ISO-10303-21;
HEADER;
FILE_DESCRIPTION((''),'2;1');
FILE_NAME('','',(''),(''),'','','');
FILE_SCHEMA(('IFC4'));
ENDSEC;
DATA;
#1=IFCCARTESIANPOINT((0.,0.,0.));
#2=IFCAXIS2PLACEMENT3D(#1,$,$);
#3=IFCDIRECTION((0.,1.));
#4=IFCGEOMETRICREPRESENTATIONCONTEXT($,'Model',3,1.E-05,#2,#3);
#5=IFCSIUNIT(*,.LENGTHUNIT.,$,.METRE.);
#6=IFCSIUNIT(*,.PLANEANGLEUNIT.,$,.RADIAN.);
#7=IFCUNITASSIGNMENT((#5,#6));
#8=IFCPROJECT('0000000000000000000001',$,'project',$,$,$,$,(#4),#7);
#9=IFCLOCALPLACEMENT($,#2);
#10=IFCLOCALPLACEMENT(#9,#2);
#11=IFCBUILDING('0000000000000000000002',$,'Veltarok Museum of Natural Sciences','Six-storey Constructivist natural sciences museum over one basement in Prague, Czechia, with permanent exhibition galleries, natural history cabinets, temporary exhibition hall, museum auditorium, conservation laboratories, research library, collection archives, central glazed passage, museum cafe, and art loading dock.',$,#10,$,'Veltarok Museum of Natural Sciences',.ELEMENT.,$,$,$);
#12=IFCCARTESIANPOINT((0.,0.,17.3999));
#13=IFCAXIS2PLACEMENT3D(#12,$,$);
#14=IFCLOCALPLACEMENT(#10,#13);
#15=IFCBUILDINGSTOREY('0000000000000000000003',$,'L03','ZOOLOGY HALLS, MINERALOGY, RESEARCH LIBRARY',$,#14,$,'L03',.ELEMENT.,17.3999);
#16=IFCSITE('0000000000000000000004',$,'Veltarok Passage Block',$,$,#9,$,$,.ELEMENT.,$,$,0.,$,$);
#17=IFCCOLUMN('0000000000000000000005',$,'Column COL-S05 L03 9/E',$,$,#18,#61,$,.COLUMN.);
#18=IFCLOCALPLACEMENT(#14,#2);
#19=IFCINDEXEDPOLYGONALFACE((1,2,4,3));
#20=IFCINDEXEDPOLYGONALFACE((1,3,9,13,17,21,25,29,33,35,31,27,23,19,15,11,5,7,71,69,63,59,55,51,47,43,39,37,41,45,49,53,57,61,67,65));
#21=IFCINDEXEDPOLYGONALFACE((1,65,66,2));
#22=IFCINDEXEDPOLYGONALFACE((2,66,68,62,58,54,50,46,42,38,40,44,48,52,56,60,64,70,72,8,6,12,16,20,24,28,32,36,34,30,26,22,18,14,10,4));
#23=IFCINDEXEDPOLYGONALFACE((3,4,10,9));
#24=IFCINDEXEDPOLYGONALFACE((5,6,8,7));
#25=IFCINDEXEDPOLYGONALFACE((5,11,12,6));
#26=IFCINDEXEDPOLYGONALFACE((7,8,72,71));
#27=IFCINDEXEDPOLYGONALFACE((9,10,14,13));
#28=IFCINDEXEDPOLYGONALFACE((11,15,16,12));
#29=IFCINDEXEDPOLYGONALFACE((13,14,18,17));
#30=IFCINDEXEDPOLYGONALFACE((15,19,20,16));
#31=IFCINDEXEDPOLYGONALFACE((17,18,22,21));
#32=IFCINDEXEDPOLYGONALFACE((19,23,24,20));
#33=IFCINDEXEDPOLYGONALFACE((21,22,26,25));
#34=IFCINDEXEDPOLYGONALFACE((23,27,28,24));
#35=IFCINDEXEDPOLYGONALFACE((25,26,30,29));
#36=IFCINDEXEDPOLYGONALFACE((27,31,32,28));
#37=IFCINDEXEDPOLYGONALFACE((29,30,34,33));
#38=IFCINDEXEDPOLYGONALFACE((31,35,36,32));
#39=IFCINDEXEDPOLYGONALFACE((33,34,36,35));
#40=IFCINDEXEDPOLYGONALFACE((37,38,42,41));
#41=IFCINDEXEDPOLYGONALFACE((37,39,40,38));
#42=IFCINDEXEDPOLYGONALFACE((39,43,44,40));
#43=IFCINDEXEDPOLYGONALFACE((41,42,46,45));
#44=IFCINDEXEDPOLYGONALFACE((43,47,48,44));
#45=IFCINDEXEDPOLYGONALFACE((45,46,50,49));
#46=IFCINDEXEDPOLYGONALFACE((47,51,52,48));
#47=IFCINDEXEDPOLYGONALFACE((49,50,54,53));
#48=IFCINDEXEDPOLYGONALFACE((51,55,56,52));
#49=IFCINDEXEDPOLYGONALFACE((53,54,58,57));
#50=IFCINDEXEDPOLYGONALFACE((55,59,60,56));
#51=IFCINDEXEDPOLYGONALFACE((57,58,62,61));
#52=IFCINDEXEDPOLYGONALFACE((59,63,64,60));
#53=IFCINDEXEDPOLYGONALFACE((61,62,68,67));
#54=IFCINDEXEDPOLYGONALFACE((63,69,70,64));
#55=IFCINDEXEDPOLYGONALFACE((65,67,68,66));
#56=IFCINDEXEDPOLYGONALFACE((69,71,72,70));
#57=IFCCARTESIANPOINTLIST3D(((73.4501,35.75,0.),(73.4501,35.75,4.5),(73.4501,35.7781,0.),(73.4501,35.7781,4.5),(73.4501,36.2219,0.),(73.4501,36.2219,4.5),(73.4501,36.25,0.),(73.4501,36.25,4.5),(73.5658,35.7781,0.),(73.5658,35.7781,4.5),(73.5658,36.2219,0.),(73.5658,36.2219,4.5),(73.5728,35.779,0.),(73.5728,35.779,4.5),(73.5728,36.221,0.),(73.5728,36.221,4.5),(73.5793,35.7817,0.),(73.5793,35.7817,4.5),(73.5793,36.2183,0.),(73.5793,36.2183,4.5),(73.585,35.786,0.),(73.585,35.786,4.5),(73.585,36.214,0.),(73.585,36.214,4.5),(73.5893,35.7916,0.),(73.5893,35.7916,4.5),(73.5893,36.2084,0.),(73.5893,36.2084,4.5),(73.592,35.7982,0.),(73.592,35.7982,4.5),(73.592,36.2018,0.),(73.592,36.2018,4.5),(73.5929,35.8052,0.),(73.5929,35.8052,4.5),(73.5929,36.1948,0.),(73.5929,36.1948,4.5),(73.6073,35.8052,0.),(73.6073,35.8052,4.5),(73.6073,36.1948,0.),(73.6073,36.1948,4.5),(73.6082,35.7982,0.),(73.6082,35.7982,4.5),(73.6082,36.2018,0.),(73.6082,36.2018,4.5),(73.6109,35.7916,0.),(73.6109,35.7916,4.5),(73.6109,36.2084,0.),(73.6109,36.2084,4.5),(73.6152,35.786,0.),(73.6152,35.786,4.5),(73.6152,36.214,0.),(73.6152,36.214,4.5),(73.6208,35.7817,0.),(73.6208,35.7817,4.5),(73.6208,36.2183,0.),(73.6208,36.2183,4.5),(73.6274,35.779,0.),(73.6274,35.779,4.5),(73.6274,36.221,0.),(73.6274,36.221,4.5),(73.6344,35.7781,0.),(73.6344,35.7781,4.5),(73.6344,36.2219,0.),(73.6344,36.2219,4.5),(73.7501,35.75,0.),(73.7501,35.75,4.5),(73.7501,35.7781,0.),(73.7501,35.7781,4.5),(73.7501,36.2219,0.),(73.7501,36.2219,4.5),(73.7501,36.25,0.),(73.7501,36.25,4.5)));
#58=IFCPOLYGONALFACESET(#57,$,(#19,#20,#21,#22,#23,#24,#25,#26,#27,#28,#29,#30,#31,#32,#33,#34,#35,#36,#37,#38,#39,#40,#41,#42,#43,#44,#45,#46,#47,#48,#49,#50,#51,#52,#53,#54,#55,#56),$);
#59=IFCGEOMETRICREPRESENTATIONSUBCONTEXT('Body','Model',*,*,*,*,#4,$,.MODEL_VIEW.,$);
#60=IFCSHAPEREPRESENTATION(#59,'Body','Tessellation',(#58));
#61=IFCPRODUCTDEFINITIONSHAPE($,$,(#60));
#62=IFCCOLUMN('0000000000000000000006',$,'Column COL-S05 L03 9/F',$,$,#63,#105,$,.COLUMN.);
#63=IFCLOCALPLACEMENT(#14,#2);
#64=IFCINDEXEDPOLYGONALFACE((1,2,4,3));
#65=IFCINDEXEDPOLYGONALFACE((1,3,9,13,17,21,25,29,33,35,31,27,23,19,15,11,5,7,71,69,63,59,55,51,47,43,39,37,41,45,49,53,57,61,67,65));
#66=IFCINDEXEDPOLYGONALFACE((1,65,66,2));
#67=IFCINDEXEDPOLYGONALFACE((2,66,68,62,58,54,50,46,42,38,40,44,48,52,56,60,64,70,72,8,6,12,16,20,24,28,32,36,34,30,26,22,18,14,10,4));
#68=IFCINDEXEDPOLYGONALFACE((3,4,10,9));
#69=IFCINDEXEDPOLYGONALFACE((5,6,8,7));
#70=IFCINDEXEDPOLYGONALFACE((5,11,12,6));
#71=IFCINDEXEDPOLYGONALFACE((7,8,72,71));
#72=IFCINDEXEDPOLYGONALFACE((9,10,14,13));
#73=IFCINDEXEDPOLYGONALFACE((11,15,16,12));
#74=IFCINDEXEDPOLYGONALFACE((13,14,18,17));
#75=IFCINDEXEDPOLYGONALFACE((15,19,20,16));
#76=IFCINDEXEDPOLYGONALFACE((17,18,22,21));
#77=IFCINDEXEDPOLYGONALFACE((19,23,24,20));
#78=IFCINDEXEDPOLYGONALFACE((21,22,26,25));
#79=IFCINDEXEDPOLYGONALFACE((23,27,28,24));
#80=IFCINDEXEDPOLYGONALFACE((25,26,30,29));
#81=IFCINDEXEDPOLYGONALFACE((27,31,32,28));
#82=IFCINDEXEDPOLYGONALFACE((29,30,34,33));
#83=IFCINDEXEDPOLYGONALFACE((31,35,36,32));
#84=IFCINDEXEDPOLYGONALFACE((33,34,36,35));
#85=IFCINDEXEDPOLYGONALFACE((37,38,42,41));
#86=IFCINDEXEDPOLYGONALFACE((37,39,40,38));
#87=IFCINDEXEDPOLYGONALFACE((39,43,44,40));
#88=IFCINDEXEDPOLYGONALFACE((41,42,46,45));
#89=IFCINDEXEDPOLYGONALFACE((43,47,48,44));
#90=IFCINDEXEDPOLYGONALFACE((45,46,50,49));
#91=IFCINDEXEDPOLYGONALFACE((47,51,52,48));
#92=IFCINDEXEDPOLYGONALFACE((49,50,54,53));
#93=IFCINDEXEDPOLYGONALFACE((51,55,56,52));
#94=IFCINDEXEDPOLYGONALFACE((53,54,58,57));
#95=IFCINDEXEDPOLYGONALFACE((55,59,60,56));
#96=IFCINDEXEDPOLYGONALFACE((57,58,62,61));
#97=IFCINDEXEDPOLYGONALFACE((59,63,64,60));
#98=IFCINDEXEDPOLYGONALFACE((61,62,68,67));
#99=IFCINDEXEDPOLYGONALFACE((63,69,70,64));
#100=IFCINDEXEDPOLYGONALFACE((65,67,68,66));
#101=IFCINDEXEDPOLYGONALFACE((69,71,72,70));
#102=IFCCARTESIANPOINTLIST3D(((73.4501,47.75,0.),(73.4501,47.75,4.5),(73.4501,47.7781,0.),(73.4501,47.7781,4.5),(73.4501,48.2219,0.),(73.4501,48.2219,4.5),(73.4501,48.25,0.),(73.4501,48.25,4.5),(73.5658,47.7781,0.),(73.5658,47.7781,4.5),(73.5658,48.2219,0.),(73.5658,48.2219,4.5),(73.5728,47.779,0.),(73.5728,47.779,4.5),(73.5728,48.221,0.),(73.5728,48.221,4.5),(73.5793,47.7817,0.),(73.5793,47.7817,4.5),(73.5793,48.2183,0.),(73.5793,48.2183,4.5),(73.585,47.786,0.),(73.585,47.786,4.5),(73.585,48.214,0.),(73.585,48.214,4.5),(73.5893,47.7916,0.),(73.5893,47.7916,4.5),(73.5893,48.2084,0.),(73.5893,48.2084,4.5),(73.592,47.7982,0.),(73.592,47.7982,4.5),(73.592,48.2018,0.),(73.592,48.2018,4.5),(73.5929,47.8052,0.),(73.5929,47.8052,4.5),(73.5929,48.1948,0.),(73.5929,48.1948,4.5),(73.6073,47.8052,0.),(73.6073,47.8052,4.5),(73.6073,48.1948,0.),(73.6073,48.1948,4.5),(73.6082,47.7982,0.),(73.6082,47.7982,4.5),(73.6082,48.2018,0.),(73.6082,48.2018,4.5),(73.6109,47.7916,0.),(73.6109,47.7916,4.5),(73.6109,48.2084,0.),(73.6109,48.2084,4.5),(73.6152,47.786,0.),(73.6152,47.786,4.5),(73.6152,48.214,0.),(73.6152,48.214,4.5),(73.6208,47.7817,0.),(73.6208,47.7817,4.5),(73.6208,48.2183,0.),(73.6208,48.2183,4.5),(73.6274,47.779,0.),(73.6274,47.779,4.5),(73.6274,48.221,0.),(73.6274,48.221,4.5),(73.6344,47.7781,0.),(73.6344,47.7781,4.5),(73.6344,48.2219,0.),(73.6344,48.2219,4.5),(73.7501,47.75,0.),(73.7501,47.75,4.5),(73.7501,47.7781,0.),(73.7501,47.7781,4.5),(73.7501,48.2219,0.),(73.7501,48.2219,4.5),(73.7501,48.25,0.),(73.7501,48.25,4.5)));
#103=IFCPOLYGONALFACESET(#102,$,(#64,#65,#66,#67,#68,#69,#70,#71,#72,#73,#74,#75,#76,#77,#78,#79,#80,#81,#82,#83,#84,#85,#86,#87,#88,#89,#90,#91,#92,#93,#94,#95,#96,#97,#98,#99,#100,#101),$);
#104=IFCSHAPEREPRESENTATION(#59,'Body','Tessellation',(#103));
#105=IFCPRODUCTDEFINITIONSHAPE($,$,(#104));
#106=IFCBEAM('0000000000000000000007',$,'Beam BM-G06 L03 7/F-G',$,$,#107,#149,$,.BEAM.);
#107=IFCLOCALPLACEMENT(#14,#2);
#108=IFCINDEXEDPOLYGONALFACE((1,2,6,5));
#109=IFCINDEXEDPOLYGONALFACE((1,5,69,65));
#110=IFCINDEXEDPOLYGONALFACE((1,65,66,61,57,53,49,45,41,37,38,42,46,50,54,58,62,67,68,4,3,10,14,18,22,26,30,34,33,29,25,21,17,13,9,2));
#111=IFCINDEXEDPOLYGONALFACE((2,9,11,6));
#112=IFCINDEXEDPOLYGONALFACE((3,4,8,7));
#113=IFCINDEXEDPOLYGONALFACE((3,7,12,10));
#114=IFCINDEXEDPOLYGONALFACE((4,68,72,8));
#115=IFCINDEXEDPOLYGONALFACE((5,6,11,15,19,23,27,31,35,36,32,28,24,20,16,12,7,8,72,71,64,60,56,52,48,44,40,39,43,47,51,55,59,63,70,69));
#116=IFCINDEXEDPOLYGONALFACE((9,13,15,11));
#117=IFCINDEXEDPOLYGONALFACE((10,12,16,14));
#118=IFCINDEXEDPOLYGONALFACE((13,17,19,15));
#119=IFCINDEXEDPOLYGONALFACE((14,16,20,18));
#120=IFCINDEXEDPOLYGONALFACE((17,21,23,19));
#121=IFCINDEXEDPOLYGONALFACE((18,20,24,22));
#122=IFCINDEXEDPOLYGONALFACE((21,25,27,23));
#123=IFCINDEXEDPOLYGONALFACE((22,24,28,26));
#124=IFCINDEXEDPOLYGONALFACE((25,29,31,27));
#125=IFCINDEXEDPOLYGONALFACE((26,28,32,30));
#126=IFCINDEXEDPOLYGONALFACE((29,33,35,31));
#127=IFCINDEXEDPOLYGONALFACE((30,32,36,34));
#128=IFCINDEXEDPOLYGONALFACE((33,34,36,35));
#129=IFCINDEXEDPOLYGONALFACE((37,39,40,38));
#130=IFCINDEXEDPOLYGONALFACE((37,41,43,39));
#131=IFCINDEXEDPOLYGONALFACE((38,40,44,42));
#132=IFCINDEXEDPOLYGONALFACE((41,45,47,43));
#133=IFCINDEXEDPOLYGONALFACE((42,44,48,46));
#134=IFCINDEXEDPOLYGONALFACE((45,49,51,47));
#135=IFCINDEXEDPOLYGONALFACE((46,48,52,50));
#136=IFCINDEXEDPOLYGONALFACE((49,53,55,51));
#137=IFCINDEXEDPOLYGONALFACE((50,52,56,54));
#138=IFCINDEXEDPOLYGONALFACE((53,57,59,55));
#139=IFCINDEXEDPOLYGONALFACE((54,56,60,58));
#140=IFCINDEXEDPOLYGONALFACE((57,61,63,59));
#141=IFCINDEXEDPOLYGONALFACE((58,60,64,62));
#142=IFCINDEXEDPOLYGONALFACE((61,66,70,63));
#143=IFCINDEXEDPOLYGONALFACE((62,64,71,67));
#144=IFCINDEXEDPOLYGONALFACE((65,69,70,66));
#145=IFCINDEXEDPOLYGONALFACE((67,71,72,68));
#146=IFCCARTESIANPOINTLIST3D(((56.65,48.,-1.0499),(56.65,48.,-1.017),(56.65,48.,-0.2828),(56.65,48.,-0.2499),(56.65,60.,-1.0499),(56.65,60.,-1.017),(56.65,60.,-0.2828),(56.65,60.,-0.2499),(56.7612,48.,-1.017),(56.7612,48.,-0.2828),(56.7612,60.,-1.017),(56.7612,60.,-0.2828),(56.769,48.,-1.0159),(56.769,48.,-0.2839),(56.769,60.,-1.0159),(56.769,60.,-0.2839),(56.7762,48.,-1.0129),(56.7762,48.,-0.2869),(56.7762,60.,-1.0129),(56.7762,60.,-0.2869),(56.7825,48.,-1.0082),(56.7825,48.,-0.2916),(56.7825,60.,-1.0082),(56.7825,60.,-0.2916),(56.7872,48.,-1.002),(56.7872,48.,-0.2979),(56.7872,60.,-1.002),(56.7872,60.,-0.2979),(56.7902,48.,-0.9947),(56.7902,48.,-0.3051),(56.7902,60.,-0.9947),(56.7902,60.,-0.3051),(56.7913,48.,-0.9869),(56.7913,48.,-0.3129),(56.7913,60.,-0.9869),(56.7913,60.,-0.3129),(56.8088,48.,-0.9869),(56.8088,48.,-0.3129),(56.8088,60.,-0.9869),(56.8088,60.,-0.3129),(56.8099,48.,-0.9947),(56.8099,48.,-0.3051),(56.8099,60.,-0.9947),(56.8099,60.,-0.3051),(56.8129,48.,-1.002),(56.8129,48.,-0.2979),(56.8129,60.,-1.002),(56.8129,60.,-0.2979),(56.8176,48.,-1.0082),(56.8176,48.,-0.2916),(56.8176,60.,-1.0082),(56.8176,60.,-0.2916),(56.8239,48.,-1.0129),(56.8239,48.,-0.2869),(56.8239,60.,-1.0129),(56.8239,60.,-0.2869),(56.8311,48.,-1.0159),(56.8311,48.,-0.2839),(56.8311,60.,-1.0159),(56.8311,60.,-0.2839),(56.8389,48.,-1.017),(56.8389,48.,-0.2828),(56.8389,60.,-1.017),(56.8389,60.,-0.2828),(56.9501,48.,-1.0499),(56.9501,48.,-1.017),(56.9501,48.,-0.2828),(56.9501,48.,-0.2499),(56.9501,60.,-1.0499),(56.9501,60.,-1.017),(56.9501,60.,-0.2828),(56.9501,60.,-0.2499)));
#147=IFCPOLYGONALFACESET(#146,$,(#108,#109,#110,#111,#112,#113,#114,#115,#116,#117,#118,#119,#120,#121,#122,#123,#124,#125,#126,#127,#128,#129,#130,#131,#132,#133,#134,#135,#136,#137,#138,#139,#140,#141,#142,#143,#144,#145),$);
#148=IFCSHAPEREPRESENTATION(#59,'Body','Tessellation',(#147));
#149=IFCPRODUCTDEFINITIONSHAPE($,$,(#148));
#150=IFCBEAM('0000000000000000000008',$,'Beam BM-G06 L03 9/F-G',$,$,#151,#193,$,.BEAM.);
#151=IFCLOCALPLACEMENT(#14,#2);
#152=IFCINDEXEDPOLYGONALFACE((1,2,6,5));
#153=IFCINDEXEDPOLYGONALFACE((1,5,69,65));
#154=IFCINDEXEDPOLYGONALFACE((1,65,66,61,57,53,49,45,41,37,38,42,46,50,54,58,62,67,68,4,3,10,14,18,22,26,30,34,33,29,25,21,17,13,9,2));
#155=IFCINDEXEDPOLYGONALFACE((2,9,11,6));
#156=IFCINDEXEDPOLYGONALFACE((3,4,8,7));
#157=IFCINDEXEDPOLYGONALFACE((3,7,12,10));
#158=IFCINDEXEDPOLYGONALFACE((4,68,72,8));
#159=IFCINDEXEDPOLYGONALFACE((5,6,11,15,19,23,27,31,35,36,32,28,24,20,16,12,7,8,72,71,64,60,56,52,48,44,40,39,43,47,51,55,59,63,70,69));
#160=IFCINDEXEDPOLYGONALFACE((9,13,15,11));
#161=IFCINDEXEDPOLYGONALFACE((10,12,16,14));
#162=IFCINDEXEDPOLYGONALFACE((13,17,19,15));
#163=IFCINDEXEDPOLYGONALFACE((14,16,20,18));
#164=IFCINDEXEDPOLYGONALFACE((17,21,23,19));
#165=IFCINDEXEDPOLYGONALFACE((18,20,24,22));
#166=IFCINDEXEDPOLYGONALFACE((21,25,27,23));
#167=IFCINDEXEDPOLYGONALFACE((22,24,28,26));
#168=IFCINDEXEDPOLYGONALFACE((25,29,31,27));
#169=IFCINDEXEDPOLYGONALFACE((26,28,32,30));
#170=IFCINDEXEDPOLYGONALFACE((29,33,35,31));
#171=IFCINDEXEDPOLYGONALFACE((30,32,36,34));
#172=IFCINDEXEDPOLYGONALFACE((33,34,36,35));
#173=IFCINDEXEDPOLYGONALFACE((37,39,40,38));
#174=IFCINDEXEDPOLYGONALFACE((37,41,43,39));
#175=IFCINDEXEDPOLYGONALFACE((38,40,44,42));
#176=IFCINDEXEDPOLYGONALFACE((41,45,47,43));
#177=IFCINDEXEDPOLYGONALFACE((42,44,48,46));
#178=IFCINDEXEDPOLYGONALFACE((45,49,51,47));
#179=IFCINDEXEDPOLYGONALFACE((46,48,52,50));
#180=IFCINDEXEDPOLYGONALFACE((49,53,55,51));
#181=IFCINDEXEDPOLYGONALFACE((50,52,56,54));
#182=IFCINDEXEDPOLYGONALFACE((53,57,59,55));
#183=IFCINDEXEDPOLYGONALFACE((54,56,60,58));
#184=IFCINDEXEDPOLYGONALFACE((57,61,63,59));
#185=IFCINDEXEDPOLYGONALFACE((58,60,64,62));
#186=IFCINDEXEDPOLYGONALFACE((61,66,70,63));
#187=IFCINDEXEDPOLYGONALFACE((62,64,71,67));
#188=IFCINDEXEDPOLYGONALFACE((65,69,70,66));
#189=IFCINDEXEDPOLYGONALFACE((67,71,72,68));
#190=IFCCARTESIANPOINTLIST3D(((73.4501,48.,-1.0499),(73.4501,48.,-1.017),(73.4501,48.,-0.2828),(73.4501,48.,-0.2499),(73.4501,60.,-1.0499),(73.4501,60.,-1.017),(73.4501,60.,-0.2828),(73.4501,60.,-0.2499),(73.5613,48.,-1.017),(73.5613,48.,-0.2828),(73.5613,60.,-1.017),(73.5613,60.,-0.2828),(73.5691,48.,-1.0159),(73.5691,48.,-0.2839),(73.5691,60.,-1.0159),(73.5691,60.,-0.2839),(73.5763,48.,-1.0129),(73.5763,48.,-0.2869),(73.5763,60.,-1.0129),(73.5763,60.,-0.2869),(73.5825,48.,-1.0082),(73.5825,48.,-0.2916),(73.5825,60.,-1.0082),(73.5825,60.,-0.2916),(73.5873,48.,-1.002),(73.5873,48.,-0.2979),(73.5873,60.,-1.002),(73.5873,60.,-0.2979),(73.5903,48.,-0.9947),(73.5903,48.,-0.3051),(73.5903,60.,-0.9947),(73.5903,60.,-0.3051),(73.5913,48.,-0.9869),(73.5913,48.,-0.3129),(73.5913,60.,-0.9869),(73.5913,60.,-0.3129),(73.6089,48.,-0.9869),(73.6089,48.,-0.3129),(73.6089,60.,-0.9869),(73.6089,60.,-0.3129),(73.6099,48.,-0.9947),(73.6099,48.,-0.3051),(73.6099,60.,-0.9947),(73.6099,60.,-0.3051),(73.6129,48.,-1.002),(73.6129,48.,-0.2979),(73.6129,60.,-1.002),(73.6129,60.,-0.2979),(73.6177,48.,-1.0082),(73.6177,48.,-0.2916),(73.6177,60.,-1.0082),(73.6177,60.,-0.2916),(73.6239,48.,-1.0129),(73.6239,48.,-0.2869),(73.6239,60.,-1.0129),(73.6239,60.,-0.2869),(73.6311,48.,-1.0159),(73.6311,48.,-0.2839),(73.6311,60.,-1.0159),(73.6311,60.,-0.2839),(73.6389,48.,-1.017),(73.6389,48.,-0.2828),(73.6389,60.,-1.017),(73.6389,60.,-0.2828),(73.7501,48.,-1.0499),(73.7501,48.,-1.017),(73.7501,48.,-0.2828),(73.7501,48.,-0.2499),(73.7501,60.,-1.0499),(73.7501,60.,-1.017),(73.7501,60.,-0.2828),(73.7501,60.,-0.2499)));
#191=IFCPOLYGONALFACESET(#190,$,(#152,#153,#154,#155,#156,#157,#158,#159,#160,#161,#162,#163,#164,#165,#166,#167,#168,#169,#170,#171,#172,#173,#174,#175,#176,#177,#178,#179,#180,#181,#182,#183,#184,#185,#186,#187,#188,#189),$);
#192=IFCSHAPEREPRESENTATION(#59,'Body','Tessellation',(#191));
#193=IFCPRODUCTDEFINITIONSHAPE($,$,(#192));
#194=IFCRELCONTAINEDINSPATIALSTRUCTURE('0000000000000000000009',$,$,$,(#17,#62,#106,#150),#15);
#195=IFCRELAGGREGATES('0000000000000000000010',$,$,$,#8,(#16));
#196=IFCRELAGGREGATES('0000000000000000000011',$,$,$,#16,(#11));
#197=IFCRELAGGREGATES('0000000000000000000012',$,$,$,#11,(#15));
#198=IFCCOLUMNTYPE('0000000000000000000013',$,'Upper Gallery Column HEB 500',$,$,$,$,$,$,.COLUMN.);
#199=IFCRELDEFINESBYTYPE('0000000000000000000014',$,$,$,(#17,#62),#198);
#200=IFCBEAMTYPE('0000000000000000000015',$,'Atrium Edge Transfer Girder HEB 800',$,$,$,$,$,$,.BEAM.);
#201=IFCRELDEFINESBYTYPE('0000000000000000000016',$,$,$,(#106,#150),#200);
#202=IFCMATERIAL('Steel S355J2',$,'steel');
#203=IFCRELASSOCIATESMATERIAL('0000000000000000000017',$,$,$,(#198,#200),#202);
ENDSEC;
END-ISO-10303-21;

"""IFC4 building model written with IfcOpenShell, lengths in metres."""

from ifc_helpers import new_model, si_unit, direction, frame, origin, origin_2d, place, context, subcontext, project, spatial, i_section, extrude, material, material_profile, profile_set, type_object, element, save


model = new_model("IFC4")

# Units and contexts
model_context = context("Model", 3, precision=1e-05, world=origin(), true_north=direction((0.0, 1.0)))
body_context = subcontext(model_context, "Body", "Model", "MODEL_VIEW")
ifc_project = project(units=[si_unit("LENGTHUNIT", "METRE"), si_unit("PLANEANGLEUNIT", "RADIAN")], contexts=[model_context])

# Site, building, storey
site_placement = place(None, origin())
site = spatial("IfcSite", under=ifc_project, at=site_placement, Name="Veltarok Passage Block", CompositionType="ELEMENT", RefElevation=0.0)
building_placement = place(site_placement, origin())
building = spatial("IfcBuilding", under=site, at=building_placement, Name="Veltarok Museum of Natural Sciences", Description="Six-storey Constructivist natural sciences museum over one basement in Prague, Czechia, with permanent exhibition galleries, natural history cabinets, temporary exhibition hall, museum auditorium, conservation laboratories, research library, collection archives, central glazed passage, museum cafe, and art loading dock.", LongName="Veltarok Museum of Natural Sciences", CompositionType="ELEMENT")
storey_placement = place(building_placement, frame((0.0, 0.0, 17.3999)))
storey = spatial("IfcBuildingStorey", under=building, at=storey_placement, Name="L03", Description="ZOOLOGY HALLS, MINERALOGY, RESEARCH LIBRARY", LongName="L03", CompositionType="ELEMENT", Elevation=17.3999)

# Columns
ifc_material = material(Name="Steel S355J2", Category="steel")
ifc_material_profile_1 = material_profile(ifc_material, i_section(OverallWidth=0.3, OverallDepth=0.5, WebThickness=0.0144, FlangeThickness=0.0281, FilletRadius=0.0271, at=origin_2d()), Name="HEB 500")
ifc_profile_set_1 = profile_set([ifc_material_profile_1], Name="Steel S355J2")
column_type_1 = type_object("IfcColumnType", Name="Upper Gallery Column HEB 500", PredefinedType="COLUMN", material=ifc_profile_set_1)
for number, where, z_axis, x_axis, name in (
    (1, (73.6001, 36.0, 0.0), (0.0, 0.0, 1.0), (1.0, 0.0, 0.0), "Column COL-S05 L03 9/E"),
    (2, (73.6001, 48.0, 0.0), (0.0, 0.0, 1.0), (1.0, 0.0, 0.0), "Column COL-S05 L03 9/F"),
):
    element("IfcColumn", number, at=place(storey_placement, frame(where, z_axis=z_axis, x_axis=x_axis)), inside=storey, type_object=column_type_1, Name=name, PredefinedType="COLUMN", context=body_context, shape_type="SweptSolid", body=[
        extrude(i_section(OverallWidth=0.3, OverallDepth=0.5, WebThickness=0.0144, FlangeThickness=0.0281, FilletRadius=0.0271, at=origin_2d()), origin(), (0.0, 0.0, 1.0), 4.5),
    ])

# Beams
ifc_material_profile_2 = material_profile(ifc_material, i_section(OverallWidth=0.3, OverallDepth=0.8, WebThickness=0.0176, FlangeThickness=0.033, FilletRadius=0.03, at=origin_2d()), Name="HEB 800")
ifc_profile_set_2 = profile_set([ifc_material_profile_2], Name="Steel S355J2")
beam_type_1 = type_object("IfcBeamType", Name="Atrium Edge Transfer Girder HEB 800", PredefinedType="BEAM", material=ifc_profile_set_2)
for number, where, z_axis, x_axis, name in (
    (3, (56.8, 48.0, -0.6499), (0.0, 1.0, 0.0), (-1.0, 0.0, 0.0), "Beam BM-G06 L03 7/F-G"),
    (4, (73.6001, 48.0, -0.6499), (0.0, 1.0, 0.0), (-1.0, 0.0, 0.0), "Beam BM-G06 L03 9/F-G"),
):
    element("IfcBeam", number, at=place(storey_placement, frame(where, z_axis=z_axis, x_axis=x_axis)), inside=storey, type_object=beam_type_1, Name=name, PredefinedType="BEAM", context=body_context, shape_type="SweptSolid", body=[
        extrude(i_section(OverallWidth=0.3, OverallDepth=0.8, WebThickness=0.0176, FlangeThickness=0.033, FilletRadius=0.03, at=origin_2d()), origin(), (0.0, 0.0, 1.0), 12.0),
    ])

save(model, "model.ifc")
